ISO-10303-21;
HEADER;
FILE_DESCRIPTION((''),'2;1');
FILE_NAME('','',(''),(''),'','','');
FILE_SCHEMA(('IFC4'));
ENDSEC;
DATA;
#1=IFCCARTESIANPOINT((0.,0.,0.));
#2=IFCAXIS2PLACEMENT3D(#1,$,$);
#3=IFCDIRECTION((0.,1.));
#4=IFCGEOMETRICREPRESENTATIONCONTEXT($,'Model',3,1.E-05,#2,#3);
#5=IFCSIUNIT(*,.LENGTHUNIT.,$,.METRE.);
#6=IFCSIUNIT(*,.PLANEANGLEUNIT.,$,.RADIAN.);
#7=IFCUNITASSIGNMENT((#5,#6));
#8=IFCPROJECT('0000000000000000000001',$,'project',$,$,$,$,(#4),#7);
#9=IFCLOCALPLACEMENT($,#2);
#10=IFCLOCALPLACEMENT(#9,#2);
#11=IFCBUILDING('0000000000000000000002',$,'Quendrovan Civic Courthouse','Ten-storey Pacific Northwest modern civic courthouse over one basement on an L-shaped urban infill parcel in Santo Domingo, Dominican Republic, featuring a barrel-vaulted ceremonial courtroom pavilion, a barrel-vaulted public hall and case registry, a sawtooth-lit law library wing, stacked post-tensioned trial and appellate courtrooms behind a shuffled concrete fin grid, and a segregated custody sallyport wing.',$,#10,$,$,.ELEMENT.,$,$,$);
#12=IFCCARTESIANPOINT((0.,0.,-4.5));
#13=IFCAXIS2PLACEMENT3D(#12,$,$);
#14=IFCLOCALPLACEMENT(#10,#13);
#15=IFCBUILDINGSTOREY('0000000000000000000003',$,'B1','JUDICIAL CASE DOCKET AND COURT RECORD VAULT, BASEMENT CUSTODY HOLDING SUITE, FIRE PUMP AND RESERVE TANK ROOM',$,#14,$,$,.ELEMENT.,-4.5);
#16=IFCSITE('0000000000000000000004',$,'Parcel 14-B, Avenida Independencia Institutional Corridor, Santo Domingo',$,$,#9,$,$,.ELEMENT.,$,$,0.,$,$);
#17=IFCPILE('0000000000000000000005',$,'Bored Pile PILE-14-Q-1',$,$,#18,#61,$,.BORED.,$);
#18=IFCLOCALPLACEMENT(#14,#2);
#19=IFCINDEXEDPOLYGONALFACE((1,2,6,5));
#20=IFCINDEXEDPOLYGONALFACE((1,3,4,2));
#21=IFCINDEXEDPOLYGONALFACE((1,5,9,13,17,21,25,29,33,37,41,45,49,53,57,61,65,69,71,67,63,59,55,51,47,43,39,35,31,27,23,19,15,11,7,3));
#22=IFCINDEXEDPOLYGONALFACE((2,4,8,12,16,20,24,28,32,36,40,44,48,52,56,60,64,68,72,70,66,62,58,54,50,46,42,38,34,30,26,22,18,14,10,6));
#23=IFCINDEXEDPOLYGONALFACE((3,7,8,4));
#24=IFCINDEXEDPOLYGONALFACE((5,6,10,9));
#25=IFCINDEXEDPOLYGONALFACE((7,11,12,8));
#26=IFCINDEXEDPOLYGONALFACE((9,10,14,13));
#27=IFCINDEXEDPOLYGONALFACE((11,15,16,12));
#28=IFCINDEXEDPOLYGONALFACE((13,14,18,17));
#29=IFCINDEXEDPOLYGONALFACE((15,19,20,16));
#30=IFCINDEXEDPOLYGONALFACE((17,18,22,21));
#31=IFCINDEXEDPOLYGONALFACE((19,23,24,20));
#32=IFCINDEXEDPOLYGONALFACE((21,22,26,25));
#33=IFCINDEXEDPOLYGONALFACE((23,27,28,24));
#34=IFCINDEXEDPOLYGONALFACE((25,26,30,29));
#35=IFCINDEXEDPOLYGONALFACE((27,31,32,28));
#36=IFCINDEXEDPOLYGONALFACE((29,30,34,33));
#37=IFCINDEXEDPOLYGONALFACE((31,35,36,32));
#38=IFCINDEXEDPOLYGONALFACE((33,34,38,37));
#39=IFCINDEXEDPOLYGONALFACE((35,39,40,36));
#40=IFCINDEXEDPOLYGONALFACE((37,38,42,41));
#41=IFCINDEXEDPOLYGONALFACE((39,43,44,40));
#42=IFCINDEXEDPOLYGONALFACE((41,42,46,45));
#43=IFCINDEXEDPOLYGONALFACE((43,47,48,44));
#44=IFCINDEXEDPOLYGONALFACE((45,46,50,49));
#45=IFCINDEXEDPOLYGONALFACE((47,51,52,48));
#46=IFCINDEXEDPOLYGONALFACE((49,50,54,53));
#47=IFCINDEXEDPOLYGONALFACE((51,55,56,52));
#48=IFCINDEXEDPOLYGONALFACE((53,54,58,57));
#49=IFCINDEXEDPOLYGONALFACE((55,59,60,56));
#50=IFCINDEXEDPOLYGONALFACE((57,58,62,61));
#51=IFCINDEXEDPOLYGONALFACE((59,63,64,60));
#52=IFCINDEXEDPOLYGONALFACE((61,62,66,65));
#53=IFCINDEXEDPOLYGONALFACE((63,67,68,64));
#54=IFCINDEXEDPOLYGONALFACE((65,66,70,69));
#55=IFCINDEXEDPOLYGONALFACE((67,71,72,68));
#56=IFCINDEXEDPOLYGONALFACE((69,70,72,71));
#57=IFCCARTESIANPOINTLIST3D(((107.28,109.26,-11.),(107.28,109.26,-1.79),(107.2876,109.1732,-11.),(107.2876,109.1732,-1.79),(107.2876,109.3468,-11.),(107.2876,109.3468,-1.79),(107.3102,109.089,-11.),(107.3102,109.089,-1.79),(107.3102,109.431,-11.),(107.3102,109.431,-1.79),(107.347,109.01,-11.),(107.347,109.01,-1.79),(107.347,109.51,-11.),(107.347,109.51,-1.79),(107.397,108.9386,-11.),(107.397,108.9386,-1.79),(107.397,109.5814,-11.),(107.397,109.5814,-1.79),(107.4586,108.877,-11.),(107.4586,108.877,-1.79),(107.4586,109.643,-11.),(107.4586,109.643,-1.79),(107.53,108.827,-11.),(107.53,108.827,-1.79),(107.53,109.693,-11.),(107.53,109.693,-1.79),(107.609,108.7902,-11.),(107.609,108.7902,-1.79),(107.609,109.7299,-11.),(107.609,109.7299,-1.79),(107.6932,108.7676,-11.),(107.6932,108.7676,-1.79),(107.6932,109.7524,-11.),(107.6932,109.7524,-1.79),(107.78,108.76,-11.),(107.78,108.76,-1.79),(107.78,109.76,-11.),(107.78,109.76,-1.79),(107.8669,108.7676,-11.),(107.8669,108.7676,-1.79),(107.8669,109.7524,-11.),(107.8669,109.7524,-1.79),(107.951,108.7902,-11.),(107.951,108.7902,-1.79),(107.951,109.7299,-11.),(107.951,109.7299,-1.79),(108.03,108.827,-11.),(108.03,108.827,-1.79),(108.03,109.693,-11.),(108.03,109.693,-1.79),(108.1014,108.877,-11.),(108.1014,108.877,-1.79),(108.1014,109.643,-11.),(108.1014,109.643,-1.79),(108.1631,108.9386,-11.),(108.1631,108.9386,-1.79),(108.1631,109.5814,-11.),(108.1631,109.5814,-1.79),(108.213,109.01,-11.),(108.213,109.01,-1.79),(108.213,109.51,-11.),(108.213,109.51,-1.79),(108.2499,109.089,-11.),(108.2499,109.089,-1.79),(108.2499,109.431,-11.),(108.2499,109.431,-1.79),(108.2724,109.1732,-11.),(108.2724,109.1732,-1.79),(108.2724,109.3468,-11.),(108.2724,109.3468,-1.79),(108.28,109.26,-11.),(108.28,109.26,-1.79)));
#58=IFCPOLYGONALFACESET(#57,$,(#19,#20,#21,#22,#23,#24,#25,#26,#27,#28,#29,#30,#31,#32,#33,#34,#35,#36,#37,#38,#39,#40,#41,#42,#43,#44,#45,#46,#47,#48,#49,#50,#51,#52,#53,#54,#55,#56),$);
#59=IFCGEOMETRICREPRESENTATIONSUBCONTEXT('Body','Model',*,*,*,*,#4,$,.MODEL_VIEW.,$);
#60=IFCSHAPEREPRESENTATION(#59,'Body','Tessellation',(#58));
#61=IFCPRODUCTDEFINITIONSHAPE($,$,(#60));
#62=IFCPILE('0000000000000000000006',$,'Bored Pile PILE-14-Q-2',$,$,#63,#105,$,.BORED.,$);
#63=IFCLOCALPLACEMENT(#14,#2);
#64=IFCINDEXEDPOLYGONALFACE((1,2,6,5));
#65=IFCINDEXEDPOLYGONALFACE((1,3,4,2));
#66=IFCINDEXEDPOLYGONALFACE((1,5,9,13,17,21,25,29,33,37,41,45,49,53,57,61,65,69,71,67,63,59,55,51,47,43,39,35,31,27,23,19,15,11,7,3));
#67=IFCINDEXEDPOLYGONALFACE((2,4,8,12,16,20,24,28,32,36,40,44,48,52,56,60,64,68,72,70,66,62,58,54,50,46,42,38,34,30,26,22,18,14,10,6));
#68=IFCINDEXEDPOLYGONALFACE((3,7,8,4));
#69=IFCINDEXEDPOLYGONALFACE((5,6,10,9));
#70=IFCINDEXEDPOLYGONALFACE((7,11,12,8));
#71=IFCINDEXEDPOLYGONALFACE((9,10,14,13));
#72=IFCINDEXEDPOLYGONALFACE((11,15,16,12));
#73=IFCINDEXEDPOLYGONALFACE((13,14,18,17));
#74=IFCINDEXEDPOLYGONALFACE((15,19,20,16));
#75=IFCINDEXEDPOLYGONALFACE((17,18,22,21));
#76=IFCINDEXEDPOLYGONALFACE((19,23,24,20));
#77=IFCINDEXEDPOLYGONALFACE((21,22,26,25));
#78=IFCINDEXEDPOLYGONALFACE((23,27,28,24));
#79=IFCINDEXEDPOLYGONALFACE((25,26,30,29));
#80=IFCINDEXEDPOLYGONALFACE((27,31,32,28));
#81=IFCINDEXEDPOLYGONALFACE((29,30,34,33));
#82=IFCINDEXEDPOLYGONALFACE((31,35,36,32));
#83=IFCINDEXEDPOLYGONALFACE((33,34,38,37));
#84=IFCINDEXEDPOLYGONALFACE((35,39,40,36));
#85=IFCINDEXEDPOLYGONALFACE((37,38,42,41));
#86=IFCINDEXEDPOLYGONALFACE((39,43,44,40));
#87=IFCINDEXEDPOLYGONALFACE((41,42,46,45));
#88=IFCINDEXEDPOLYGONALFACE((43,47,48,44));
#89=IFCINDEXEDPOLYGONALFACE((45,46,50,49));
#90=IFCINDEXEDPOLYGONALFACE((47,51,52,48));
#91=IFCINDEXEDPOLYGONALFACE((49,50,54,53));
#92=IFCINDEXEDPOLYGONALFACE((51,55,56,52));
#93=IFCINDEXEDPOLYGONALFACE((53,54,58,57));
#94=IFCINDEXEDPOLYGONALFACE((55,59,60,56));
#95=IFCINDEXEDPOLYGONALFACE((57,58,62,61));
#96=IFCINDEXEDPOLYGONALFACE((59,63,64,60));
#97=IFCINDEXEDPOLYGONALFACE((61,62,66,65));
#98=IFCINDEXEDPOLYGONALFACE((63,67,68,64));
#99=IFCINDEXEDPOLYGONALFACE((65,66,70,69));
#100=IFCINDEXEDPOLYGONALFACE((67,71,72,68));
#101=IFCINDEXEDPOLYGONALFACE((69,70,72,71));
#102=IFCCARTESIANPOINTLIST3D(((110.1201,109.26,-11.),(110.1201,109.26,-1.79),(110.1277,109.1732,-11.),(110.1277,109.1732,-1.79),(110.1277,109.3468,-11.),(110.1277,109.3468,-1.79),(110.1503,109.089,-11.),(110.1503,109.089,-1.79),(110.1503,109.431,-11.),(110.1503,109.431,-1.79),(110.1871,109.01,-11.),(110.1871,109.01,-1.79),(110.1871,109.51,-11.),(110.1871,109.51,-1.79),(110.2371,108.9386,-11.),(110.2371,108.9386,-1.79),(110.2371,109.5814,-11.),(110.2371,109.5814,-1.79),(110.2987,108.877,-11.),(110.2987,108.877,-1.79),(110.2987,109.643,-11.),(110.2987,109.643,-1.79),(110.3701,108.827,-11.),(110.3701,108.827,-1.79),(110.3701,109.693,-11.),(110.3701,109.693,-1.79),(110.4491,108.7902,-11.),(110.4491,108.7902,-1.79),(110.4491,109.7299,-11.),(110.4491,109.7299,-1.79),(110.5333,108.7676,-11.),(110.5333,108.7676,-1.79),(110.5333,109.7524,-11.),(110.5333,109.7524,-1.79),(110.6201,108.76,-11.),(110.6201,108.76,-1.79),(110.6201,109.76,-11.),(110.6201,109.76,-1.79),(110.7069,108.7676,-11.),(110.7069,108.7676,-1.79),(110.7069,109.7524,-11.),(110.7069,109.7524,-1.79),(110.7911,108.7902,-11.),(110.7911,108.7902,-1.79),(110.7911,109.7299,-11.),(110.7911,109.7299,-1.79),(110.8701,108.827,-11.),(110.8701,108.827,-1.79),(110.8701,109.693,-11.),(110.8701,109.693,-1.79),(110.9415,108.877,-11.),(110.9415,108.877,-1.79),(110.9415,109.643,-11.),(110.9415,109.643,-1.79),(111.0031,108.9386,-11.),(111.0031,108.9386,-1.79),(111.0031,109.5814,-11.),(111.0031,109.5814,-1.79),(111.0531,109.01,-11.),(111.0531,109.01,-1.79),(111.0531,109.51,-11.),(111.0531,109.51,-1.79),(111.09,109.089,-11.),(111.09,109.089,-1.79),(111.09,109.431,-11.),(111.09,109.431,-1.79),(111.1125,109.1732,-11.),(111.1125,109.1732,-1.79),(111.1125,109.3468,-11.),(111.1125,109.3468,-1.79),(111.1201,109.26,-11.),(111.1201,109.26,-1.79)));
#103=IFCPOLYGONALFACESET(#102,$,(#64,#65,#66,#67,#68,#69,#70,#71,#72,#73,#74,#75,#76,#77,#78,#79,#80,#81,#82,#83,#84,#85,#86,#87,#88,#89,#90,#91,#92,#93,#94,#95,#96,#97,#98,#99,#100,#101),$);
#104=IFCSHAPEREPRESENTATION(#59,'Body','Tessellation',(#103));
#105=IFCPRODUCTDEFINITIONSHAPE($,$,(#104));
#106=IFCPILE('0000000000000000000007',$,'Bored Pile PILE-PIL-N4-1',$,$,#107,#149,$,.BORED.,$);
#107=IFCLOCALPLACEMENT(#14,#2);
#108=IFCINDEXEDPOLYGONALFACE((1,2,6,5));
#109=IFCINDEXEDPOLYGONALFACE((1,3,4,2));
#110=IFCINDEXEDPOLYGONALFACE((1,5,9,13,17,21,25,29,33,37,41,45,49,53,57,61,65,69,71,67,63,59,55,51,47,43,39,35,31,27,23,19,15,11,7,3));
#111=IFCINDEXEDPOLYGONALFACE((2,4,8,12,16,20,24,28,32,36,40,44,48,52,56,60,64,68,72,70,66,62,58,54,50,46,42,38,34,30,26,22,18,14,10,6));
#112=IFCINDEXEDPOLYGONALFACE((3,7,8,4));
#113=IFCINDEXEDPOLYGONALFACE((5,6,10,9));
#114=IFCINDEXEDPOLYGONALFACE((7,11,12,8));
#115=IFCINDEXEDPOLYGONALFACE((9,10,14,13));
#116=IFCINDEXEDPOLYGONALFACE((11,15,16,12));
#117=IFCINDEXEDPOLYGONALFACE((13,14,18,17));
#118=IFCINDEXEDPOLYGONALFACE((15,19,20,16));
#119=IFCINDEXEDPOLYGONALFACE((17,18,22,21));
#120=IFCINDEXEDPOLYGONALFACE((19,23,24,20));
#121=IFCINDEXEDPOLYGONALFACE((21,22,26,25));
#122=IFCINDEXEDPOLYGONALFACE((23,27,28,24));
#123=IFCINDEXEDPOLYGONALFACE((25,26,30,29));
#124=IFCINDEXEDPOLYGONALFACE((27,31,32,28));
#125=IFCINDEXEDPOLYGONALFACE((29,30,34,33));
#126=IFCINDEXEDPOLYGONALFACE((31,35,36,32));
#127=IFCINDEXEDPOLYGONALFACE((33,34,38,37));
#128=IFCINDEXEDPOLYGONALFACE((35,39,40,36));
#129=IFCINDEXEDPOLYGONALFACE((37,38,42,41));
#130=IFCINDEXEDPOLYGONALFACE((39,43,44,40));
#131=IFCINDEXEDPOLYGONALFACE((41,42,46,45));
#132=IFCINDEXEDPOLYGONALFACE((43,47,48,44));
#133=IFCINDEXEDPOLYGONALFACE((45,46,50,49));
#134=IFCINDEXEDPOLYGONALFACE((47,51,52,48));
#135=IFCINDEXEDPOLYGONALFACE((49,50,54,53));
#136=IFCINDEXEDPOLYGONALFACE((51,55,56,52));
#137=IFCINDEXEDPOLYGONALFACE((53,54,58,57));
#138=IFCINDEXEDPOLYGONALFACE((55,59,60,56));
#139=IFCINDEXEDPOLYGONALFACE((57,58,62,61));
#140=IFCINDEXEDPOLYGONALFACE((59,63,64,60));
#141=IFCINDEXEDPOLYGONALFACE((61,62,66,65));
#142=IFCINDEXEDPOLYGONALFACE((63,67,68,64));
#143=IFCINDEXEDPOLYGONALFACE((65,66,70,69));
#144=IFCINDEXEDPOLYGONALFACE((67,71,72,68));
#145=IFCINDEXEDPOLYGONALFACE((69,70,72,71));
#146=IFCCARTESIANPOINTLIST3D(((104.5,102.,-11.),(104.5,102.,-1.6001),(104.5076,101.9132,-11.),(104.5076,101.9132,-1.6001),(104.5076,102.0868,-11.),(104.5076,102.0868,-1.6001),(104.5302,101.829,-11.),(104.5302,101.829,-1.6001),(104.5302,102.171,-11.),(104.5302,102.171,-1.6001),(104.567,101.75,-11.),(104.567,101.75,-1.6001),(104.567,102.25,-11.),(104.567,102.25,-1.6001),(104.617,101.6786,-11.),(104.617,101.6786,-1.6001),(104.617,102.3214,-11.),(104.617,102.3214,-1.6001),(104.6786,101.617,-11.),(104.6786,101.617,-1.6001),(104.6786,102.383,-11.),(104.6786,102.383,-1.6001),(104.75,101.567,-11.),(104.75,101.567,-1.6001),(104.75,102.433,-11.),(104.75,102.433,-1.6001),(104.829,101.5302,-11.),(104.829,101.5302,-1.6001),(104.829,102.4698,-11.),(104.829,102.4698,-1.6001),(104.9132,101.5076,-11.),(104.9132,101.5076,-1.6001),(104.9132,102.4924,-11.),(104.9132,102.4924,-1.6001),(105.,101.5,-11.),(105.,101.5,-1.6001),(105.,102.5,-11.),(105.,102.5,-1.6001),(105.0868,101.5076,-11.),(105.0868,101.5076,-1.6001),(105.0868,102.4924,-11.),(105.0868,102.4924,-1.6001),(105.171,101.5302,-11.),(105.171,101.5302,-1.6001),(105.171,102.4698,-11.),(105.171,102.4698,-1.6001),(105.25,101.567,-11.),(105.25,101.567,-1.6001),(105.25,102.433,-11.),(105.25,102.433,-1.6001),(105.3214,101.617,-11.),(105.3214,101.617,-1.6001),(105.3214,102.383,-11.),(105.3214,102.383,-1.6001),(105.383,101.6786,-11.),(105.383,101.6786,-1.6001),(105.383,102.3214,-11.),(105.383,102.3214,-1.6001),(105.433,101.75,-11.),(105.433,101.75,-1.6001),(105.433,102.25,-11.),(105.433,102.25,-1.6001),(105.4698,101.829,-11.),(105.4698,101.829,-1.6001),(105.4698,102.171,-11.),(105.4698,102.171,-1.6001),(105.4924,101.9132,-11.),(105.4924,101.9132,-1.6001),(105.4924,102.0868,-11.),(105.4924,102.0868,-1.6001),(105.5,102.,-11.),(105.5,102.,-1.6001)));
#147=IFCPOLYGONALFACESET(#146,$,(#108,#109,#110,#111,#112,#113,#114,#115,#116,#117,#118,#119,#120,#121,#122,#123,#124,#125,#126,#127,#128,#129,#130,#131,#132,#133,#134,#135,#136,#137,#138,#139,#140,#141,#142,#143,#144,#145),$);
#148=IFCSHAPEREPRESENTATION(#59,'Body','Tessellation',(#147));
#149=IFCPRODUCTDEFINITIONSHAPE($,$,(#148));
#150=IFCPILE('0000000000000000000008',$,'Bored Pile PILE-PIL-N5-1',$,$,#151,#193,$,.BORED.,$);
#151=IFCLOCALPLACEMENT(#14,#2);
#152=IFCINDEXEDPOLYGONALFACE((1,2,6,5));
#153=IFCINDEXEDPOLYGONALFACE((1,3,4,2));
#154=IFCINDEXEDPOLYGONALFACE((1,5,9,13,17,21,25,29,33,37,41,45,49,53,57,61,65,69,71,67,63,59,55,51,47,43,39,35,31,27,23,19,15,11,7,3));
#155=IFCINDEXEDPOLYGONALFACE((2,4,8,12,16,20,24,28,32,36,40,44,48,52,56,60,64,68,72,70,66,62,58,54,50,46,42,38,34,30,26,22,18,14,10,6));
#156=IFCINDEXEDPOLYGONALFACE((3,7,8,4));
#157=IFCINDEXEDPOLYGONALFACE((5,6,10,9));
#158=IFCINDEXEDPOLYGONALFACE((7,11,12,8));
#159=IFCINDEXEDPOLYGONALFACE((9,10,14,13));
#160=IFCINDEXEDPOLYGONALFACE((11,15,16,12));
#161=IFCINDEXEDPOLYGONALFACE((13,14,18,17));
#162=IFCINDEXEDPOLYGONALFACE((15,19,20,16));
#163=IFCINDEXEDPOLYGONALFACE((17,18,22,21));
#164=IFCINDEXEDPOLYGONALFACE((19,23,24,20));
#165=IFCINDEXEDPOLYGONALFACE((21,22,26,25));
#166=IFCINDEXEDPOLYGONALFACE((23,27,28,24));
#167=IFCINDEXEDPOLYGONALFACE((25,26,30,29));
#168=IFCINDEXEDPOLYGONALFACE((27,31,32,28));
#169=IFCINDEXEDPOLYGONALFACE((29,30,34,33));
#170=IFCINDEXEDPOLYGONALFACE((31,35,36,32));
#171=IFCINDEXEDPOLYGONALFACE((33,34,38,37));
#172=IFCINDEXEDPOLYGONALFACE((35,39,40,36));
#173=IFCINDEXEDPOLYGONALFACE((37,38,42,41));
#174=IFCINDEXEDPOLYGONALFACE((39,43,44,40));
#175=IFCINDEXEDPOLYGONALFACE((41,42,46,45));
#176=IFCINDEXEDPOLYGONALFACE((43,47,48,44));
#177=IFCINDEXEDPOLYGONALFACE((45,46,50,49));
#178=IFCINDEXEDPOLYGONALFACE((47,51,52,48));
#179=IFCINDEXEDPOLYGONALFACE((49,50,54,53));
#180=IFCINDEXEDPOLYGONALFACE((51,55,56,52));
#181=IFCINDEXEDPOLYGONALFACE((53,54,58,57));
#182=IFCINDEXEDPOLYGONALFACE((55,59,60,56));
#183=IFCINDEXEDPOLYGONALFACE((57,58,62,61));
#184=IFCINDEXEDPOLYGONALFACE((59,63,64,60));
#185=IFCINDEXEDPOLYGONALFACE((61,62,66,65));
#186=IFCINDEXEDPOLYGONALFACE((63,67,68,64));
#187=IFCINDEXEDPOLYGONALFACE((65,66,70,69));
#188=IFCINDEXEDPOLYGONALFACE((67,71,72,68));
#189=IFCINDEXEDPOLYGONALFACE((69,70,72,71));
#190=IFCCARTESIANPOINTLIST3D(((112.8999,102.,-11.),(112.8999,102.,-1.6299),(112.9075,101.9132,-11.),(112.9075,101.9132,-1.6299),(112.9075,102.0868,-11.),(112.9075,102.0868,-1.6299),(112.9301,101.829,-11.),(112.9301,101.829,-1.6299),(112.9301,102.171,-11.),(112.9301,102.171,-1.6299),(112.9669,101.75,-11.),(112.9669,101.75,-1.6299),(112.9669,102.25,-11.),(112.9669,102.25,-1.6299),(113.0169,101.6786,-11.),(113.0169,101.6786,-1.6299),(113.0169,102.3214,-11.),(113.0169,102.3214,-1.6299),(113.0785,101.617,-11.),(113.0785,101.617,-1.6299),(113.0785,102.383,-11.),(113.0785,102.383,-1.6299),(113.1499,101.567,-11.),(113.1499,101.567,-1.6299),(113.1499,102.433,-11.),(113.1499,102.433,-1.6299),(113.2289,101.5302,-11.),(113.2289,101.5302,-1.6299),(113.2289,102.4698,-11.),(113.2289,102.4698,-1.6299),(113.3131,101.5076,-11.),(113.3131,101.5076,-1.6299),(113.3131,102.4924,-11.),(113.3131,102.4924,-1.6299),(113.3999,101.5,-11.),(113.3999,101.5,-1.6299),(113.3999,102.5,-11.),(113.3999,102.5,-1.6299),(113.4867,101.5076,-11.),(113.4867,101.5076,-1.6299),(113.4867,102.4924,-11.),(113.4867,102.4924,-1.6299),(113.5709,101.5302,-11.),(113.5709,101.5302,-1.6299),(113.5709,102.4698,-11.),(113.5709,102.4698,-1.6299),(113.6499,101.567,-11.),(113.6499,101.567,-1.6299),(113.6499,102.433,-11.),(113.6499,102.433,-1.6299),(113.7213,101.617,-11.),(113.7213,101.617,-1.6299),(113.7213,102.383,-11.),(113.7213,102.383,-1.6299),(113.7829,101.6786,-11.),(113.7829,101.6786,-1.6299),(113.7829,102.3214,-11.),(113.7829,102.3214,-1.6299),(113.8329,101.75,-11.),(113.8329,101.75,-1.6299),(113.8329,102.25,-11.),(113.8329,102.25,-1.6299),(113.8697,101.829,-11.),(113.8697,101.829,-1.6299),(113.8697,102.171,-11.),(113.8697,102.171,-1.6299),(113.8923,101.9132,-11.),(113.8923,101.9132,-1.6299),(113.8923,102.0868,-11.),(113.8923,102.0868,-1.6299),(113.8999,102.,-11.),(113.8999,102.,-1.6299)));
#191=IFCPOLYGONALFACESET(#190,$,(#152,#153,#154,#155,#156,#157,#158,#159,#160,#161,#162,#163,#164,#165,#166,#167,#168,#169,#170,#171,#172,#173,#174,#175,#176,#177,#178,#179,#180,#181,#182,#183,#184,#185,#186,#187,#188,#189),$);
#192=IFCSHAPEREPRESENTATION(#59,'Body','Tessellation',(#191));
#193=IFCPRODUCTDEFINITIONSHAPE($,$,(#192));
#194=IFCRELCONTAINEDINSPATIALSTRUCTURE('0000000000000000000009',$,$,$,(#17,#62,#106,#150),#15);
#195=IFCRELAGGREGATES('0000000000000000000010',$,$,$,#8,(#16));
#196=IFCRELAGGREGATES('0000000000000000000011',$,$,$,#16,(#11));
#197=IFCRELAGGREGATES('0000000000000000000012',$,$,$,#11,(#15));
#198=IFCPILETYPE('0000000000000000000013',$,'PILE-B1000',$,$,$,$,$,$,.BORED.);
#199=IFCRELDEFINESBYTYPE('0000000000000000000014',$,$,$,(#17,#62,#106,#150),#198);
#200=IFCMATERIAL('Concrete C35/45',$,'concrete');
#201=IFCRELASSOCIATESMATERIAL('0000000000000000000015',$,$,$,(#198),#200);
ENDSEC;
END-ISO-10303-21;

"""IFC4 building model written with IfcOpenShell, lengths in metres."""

from ifc_helpers import new_model, si_unit, direction, frame, origin, origin_2d, place, context, subcontext, project, spatial, circle, extrude, material, material_profile, profile_set, type_object, element, save


model = new_model("IFC4")

# Units and contexts
model_context = context("Model", 3, precision=1e-05, world=origin(), true_north=direction((0.0, 1.0)))
body_context = subcontext(model_context, "Body", "Model", "MODEL_VIEW")
ifc_project = project(units=[si_unit("LENGTHUNIT", "METRE"), si_unit("PLANEANGLEUNIT", "RADIAN")], contexts=[model_context])

# Site, building, storey
site_placement = place(None, origin())
site = spatial("IfcSite", under=ifc_project, at=site_placement, Name="Parcel 14-B, Avenida Independencia Institutional Corridor, Santo Domingo", CompositionType="ELEMENT", RefElevation=0.0)
building_placement = place(site_placement, origin())
building = spatial("IfcBuilding", under=site, at=building_placement, Name="Quendrovan Civic Courthouse", Description="Ten-storey Pacific Northwest modern civic courthouse over one basement on an L-shaped urban infill parcel in Santo Domingo, Dominican Republic, featuring a barrel-vaulted ceremonial courtroom pavilion, a barrel-vaulted public hall and case registry, a sawtooth-lit law library wing, stacked post-tensioned trial and appellate courtrooms behind a shuffled concrete fin grid, and a segregated custody sallyport wing.", CompositionType="ELEMENT")
storey_placement = place(building_placement, frame((0.0, 0.0, -4.5)))
storey = spatial("IfcBuildingStorey", under=building, at=storey_placement, Name="B1", Description="JUDICIAL CASE DOCKET AND COURT RECORD VAULT, BASEMENT CUSTODY HOLDING SUITE, FIRE PUMP AND RESERVE TANK ROOM", CompositionType="ELEMENT", Elevation=-4.5)

# Shared definitions
ifc_material_1 = material(Name="Concrete C35/45", Category="concrete")

# Piles
ifc_material_profile_1 = material_profile(ifc_material_1, circle(Radius=0.5, at=origin_2d()), Name="PILE-D1000")
ifc_profile_set_1 = profile_set([ifc_material_profile_1], Name="Concrete C35/45")
pile_type = type_object("IfcPileType", Name="PILE-B1000", PredefinedType="BORED", material=ifc_profile_set_1)
for number, where, z_axis, x_axis, name in (
    (1, (107.78, 109.26, -1.79), (0.0, 0.0, -1.0), (1.0, 0.0, 0.0), "Bored Pile PILE-14-Q-1"),
    (2, (110.6201, 109.26, -1.79), (0.0, 0.0, -1.0), (1.0, 0.0, 0.0), "Bored Pile PILE-14-Q-2"),
):
    element("IfcPile", number, at=place(storey_placement, frame(where, z_axis=z_axis, x_axis=x_axis)), inside=storey, type_object=pile_type, Name=name, PredefinedType="BORED", context=body_context, shape_type="SweptSolid", body=[
        extrude(circle(Radius=0.5, at=origin_2d()), origin(), (0.0, 0.0, 1.0), 9.21),
    ])
pile_1_placement = place(storey_placement, frame((105.0, 102.0, -1.6001), z_axis=(0.0, 0.0, -1.0), x_axis=(1.0, 0.0, 0.0)))
element("IfcPile", 3, at=pile_1_placement, inside=storey, type_object=pile_type, Name="Bored Pile PILE-PIL-N4-1", PredefinedType="BORED", context=body_context, shape_type="SweptSolid", body=[
    extrude(circle(Radius=0.5, at=origin_2d()), origin(), (0.0, 0.0, 1.0), 9.3999),
])
pile_2_placement = place(storey_placement, frame((113.3999, 102.0, -1.6299), z_axis=(0.0, 0.0, -1.0), x_axis=(1.0, 0.0, 0.0)))
element("IfcPile", 4, at=pile_2_placement, inside=storey, type_object=pile_type, Name="Bored Pile PILE-PIL-N5-1", PredefinedType="BORED", context=body_context, shape_type="SweptSolid", body=[
    extrude(circle(Radius=0.5, at=origin_2d()), origin(), (0.0, 0.0, 1.0), 9.3701),
])

save(model, "model.ifc")
